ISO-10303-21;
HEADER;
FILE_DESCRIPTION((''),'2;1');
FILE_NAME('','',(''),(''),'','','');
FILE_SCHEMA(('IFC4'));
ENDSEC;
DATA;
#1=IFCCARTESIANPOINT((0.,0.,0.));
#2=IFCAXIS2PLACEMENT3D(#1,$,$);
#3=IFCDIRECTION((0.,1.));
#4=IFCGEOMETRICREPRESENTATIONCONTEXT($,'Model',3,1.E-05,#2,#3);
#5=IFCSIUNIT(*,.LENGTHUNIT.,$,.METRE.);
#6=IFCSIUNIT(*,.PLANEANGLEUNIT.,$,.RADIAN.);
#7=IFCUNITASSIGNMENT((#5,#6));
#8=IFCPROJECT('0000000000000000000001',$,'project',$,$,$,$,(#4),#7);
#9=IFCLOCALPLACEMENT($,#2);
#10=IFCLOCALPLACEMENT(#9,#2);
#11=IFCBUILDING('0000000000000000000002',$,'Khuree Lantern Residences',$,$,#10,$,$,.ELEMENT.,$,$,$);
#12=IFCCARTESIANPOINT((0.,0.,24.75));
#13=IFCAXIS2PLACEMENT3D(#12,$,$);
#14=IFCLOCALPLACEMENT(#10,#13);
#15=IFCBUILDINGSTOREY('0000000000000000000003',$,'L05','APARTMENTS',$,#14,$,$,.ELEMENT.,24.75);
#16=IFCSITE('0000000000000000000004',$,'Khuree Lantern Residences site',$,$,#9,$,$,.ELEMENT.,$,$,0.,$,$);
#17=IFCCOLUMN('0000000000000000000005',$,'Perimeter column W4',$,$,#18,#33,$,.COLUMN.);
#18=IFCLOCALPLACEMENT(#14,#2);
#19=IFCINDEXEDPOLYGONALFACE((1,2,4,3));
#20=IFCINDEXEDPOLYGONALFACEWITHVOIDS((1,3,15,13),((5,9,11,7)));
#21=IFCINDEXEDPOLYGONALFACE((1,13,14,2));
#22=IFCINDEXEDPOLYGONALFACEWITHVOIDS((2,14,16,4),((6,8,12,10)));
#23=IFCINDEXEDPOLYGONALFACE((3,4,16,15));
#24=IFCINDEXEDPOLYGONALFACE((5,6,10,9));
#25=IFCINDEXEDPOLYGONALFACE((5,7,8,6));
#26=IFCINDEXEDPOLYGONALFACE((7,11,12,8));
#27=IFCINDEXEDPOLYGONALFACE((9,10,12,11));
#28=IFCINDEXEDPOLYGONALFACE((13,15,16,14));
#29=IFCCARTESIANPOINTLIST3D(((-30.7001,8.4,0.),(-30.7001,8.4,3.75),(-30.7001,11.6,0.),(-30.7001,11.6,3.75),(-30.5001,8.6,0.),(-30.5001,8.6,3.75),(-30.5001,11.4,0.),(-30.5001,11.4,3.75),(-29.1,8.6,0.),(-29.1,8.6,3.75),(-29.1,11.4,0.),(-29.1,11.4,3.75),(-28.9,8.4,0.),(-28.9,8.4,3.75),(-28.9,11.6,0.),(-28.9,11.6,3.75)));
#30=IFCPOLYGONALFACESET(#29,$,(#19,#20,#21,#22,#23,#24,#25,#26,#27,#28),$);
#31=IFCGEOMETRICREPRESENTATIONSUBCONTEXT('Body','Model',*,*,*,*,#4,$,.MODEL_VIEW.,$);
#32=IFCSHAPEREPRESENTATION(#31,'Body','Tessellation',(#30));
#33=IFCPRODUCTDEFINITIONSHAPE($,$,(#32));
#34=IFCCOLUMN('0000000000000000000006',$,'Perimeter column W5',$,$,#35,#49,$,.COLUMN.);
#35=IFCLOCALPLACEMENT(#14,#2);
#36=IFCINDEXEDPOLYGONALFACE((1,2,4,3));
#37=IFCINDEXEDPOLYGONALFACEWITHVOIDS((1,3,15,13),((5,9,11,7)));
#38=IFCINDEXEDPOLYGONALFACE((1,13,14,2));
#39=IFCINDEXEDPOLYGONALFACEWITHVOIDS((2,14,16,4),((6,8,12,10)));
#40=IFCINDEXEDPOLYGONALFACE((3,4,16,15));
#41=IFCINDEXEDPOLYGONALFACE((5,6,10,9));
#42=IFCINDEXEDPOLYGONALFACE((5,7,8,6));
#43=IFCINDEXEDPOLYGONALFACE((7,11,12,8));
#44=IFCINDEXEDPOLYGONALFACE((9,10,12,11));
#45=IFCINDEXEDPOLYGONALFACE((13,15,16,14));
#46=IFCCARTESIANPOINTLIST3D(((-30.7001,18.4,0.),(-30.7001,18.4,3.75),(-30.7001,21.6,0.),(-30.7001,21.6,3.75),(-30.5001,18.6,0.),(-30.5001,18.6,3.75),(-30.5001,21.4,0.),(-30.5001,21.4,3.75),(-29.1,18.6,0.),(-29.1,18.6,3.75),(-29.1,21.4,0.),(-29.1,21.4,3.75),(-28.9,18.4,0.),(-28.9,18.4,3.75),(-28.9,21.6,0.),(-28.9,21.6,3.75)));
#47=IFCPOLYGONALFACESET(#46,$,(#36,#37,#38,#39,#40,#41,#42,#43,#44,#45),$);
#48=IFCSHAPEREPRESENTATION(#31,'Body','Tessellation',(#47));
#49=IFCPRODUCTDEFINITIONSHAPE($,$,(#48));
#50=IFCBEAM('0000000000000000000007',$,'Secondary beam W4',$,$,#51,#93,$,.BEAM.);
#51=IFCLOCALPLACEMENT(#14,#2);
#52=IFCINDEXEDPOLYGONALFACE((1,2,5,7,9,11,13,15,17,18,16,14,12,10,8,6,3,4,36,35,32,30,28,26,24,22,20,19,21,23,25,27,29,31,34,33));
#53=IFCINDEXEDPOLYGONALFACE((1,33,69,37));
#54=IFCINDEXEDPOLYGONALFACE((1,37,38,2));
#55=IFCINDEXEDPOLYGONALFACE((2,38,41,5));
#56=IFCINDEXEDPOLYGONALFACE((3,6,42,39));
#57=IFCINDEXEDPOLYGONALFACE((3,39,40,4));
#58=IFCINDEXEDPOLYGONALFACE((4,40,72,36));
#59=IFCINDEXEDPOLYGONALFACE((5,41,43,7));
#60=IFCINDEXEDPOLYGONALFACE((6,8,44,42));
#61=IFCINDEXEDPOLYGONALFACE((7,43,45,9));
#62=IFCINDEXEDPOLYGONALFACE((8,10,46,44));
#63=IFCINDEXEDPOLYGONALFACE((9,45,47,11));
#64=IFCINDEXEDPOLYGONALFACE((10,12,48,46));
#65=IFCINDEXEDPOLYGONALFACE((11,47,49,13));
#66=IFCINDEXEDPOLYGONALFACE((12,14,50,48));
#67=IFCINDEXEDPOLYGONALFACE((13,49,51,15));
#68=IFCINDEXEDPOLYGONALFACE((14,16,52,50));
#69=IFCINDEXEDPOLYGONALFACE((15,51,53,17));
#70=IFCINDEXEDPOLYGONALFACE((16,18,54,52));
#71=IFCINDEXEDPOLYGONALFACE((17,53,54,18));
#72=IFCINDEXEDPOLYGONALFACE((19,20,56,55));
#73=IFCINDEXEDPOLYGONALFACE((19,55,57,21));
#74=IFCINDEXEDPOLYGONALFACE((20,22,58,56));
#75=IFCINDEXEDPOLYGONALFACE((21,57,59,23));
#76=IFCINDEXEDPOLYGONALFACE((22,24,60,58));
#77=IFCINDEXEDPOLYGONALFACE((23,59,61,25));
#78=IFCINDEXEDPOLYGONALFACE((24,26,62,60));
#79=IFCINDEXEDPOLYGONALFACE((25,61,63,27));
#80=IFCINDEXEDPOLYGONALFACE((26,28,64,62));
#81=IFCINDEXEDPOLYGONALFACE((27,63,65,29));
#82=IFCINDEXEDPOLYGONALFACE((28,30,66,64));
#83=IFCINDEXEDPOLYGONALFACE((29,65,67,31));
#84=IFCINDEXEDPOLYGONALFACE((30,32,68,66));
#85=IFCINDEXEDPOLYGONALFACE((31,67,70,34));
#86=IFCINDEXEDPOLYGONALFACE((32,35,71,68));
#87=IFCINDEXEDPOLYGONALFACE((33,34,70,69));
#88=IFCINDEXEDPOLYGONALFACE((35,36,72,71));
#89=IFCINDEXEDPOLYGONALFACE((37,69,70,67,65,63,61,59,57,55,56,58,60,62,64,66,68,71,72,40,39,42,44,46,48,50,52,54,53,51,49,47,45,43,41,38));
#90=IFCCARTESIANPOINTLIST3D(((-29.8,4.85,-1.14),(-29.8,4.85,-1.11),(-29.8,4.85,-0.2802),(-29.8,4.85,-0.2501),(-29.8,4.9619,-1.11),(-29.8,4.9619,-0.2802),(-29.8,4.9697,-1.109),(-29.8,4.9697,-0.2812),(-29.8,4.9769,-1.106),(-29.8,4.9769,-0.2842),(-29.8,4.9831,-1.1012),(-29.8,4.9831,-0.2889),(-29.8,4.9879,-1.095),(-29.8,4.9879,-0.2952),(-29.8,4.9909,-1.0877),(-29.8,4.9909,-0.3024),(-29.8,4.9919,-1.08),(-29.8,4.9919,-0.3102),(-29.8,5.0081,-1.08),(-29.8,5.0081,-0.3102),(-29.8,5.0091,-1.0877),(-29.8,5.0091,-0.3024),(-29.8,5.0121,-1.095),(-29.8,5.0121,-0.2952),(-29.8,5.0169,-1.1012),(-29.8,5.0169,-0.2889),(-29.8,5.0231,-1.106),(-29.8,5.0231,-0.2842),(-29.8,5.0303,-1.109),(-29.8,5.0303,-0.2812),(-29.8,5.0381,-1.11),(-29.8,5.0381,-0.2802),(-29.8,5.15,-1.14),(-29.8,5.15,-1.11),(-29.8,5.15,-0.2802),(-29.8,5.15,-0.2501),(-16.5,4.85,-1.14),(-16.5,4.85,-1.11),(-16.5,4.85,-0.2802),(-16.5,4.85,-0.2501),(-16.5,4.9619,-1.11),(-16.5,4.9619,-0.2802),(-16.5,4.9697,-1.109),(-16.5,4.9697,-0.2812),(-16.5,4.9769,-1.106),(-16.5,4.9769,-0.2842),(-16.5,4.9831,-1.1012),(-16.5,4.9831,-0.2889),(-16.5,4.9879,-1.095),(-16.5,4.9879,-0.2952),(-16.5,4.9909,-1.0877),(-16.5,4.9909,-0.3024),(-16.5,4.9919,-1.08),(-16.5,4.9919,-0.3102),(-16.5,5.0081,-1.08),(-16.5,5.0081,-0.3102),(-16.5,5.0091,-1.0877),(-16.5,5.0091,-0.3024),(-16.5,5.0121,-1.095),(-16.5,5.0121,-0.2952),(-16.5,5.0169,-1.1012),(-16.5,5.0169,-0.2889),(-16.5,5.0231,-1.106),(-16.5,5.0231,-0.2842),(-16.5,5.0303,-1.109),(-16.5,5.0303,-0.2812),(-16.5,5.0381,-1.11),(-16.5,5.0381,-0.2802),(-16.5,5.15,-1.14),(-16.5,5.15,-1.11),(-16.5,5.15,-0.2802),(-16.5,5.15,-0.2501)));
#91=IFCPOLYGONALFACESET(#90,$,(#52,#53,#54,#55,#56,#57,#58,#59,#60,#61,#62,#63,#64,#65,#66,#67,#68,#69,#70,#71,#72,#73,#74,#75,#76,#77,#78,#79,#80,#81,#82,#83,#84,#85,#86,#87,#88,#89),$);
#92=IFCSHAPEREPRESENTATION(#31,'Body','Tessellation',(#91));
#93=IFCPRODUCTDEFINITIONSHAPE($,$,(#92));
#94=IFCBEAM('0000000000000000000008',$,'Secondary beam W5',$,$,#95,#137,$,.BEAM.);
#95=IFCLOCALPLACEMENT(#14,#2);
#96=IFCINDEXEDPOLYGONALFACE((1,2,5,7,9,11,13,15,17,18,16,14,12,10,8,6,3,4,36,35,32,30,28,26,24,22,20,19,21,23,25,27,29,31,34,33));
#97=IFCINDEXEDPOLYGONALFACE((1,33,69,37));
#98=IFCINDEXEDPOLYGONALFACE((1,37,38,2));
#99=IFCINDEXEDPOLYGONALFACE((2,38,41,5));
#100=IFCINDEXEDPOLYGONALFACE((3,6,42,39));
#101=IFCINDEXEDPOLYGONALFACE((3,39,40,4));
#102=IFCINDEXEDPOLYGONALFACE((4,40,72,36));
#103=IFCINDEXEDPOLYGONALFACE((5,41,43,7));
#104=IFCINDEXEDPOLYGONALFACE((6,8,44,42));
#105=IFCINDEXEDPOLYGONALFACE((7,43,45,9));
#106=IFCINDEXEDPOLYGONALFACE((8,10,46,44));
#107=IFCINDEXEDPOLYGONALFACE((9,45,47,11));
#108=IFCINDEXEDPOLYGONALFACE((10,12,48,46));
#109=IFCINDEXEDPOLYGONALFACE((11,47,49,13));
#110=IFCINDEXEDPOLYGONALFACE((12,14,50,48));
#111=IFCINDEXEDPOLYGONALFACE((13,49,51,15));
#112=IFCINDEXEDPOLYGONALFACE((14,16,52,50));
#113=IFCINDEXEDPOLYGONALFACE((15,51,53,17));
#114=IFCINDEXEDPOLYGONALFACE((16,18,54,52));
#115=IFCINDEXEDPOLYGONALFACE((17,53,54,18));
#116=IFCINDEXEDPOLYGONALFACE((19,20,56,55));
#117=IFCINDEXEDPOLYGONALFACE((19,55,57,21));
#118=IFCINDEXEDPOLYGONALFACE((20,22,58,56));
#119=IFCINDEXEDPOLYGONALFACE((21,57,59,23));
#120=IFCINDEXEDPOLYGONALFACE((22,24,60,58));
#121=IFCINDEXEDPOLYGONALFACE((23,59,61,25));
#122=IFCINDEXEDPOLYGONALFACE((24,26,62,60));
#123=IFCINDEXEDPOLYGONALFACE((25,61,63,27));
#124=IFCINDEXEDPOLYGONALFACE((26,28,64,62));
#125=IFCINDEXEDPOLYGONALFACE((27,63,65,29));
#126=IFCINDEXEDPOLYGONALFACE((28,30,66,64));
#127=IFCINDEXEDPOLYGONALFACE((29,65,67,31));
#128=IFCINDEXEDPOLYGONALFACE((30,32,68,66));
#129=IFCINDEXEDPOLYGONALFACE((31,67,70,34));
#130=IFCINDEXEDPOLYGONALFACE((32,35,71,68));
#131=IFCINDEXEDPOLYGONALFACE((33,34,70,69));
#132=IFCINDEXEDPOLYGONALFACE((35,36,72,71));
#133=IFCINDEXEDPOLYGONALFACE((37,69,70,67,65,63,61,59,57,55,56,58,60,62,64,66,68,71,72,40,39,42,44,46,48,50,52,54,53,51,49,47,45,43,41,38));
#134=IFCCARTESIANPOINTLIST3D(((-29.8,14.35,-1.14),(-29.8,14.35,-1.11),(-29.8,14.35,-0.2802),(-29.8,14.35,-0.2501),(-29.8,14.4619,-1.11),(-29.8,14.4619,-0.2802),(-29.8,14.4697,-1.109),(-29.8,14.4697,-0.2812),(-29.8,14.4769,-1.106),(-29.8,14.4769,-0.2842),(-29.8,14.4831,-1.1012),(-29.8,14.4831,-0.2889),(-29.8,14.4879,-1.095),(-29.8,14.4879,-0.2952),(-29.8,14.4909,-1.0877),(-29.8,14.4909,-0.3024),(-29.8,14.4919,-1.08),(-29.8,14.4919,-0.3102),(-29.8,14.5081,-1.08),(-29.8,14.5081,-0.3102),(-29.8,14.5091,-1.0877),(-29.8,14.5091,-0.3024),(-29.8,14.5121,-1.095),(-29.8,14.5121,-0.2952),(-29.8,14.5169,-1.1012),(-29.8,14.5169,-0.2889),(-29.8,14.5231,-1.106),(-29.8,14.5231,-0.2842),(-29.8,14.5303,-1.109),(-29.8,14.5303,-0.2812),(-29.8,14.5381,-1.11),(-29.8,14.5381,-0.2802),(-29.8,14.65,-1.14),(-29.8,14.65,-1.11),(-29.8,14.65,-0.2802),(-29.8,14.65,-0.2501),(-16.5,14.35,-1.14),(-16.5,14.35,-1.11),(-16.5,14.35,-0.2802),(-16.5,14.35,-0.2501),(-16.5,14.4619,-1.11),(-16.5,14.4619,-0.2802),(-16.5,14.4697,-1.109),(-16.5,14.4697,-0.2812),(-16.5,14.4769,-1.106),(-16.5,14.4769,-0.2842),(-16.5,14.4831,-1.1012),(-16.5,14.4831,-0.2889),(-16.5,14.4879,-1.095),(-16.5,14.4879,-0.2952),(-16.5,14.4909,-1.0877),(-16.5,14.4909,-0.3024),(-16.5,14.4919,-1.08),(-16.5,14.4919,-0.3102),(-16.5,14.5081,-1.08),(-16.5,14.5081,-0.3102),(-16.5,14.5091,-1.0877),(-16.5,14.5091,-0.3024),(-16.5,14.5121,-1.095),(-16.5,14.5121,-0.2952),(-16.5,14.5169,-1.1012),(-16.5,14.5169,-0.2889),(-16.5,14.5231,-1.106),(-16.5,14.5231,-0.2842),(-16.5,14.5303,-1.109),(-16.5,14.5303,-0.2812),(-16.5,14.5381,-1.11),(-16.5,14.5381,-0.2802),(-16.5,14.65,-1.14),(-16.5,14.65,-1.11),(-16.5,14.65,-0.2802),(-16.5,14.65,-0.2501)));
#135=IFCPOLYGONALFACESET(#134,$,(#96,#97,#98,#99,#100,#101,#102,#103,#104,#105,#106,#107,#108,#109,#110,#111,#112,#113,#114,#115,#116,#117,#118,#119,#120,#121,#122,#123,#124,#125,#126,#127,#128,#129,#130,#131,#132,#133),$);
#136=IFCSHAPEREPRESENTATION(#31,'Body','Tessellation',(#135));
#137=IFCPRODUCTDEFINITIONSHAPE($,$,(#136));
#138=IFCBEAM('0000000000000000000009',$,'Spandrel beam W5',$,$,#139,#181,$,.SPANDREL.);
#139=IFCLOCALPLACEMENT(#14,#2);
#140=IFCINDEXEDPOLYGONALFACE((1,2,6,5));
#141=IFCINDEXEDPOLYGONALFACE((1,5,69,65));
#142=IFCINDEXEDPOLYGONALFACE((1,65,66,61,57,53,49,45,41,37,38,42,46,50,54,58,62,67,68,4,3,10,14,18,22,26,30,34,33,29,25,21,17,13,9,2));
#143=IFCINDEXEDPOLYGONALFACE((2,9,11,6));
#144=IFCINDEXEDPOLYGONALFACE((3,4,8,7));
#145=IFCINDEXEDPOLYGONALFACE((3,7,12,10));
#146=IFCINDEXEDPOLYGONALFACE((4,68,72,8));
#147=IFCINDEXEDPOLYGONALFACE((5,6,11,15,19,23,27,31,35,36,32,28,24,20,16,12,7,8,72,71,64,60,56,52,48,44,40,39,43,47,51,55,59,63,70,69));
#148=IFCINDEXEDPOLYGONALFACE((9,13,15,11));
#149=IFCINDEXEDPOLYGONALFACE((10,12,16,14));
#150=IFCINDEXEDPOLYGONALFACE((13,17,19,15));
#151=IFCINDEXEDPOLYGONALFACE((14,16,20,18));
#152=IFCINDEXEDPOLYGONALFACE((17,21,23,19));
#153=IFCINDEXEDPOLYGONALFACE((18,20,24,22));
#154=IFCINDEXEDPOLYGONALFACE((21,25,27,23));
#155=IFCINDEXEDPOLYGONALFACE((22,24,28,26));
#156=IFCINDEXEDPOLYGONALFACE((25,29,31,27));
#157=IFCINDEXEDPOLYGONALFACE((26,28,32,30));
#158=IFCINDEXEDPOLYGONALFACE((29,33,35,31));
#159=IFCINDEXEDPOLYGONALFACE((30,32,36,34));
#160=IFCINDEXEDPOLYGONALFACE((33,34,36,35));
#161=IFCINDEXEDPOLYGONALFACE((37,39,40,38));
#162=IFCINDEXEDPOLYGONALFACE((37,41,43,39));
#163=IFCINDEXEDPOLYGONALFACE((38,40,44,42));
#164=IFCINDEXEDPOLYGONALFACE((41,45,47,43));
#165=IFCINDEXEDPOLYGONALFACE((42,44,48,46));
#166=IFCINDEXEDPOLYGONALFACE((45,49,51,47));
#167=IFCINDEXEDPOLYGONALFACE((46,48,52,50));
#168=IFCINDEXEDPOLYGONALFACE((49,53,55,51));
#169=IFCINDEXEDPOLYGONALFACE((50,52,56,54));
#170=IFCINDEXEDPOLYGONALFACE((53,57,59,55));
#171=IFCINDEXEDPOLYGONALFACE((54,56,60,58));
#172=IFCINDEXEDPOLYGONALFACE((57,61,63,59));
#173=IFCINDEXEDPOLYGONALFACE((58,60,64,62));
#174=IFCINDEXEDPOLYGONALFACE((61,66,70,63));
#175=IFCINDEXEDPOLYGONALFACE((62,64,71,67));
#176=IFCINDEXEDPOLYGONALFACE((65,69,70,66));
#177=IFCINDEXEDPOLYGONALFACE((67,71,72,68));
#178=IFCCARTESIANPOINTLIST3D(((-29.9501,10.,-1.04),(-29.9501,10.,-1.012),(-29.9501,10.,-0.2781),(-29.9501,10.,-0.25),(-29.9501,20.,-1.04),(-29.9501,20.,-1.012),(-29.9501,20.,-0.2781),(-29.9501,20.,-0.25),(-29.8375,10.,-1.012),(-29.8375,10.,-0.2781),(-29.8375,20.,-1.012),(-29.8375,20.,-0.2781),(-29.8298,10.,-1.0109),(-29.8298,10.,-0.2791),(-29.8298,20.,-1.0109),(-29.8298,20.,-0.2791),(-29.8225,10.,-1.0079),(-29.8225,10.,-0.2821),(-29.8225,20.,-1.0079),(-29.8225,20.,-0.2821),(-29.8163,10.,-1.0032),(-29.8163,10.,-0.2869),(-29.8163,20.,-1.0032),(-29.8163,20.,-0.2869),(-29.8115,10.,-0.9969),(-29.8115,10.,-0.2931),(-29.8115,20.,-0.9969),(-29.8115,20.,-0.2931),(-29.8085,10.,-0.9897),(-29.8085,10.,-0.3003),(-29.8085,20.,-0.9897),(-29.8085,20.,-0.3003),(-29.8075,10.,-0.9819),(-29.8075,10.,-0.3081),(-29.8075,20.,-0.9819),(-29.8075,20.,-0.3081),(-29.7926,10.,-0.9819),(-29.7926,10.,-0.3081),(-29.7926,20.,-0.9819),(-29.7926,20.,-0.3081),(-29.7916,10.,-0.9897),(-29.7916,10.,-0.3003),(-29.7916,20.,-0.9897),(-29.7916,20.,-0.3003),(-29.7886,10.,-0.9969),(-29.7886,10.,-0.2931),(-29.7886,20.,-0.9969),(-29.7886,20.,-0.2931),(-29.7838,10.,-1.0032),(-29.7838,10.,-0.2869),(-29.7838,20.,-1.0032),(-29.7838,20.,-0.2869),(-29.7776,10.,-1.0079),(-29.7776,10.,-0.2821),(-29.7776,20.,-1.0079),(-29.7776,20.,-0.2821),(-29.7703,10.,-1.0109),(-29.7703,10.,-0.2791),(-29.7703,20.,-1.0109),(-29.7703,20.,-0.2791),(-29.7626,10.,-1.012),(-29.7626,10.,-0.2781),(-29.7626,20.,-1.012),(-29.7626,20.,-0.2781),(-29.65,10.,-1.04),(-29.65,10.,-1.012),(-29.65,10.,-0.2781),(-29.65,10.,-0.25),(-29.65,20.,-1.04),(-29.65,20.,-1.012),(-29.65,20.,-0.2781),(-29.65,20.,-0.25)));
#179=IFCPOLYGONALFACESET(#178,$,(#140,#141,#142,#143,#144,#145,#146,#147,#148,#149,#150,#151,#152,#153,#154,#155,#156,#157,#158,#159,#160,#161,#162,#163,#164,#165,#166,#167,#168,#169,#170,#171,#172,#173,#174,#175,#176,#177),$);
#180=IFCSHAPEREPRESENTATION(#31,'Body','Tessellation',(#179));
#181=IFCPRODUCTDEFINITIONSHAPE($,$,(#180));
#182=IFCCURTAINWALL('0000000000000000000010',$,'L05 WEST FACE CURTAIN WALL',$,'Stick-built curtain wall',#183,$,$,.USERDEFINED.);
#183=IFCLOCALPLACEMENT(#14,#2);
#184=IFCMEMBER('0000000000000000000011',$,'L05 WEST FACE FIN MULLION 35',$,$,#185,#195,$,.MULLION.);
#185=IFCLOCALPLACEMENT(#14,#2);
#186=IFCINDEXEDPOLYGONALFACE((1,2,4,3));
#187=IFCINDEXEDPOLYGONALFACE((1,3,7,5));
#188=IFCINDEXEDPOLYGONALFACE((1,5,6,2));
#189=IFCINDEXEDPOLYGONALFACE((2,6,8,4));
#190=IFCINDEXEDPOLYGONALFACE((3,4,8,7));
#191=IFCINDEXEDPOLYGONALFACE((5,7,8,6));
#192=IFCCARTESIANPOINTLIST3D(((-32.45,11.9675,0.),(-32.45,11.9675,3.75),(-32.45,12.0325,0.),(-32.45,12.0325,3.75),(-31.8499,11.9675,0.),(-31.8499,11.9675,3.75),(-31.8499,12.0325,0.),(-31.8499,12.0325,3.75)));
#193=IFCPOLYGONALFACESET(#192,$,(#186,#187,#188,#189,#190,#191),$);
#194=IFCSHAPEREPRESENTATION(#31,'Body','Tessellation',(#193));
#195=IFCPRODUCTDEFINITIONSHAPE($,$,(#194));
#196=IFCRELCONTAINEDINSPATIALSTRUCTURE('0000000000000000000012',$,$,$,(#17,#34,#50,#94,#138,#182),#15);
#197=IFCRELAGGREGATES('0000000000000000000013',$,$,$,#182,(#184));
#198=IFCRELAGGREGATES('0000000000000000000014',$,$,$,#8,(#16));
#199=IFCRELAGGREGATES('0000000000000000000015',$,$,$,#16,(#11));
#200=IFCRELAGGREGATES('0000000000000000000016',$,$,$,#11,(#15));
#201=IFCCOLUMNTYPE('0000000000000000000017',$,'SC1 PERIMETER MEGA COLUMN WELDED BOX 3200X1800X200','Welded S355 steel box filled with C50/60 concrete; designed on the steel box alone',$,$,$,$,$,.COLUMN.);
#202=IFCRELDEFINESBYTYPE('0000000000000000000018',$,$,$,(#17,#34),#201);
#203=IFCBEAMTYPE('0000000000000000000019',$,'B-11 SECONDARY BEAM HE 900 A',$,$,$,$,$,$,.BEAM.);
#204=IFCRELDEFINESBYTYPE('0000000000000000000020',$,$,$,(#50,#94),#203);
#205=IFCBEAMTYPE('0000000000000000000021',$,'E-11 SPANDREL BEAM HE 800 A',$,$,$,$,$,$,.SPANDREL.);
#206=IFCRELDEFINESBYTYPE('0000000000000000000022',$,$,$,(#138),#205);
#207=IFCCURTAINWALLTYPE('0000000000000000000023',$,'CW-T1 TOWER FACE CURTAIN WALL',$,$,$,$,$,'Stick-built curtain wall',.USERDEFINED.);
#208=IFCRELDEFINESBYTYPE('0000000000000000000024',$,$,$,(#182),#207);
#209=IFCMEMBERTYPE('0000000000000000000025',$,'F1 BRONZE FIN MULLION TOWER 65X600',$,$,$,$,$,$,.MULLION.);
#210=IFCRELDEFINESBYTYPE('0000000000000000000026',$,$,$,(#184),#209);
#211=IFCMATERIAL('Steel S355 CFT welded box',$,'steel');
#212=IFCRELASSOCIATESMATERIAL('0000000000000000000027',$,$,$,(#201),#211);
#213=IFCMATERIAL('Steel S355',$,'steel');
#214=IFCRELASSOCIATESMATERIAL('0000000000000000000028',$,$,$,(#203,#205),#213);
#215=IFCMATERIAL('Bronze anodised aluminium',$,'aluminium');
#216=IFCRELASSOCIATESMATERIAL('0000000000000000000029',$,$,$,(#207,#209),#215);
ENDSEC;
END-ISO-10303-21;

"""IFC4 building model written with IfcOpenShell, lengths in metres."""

from ifc_helpers import new_model, si_unit, direction, frame, origin, origin_2d, place, context, subcontext, project, spatial, rectangle, hollow_rectangle, i_section, extrude, material, material_profile, profile_set, type_object, element, aggregate, save


model = new_model("IFC4")

# Units and contexts
model_context = context("Model", 3, precision=1e-05, world=origin(), true_north=direction((0.0, 1.0)))
body_context = subcontext(model_context, "Body", "Model", "MODEL_VIEW")
ifc_project = project(units=[si_unit("LENGTHUNIT", "METRE"), si_unit("PLANEANGLEUNIT", "RADIAN")], contexts=[model_context])

# Site, building, storey
site_placement = place(None, origin())
site = spatial("IfcSite", under=ifc_project, at=site_placement, Name="Khuree Lantern Residences site", CompositionType="ELEMENT", RefElevation=0.0)
building_placement = place(site_placement, origin())
building = spatial("IfcBuilding", under=site, at=building_placement, Name="Khuree Lantern Residences", CompositionType="ELEMENT")
storey_placement = place(building_placement, frame((0.0, 0.0, 24.75)))
storey = spatial("IfcBuildingStorey", under=building, at=storey_placement, Name="L05", Description="APARTMENTS", CompositionType="ELEMENT", Elevation=24.75)

# Columns
ifc_material_1 = material(Name="Steel S355 CFT welded box", Category="steel")
ifc_material_profile_1 = material_profile(ifc_material_1, hollow_rectangle(XDim=3.2, YDim=1.8, WallThickness=0.2, at=origin_2d()), Name="WELDED BOX 3200X1800X200")
ifc_profile_set_1 = profile_set([ifc_material_profile_1], Name="Steel S355 CFT welded box")
column_type = type_object("IfcColumnType", Name="SC1 PERIMETER MEGA COLUMN WELDED BOX 3200X1800X200", Description="Welded S355 steel box filled with C50/60 concrete; designed on the steel box alone", PredefinedType="COLUMN", material=ifc_profile_set_1)
for number, where, z_axis, x_axis, name in (
    (1, (-29.8, 10.0, 0.0), (0.0, 0.0, 1.0), (0.0, 1.0, 0.0), "Perimeter column W4"),
    (2, (-29.8, 20.0, 0.0), (0.0, 0.0, 1.0), (0.0, 1.0, 0.0), "Perimeter column W5"),
):
    element("IfcColumn", number, at=place(storey_placement, frame(where, z_axis=z_axis, x_axis=x_axis)), inside=storey, type_object=column_type, Name=name, PredefinedType="COLUMN", context=body_context, shape_type="SweptSolid", body=[
        extrude(hollow_rectangle(XDim=3.2, YDim=1.8, WallThickness=0.2, at=origin_2d()), origin(), (0.0, 0.0, 1.0), 3.75),
    ])

# Beams
ifc_material_2 = material(Name="Steel S355", Category="steel")
ifc_material_profile_2 = material_profile(ifc_material_2, i_section(OverallWidth=0.3, OverallDepth=0.8899, WebThickness=0.0161, FlangeThickness=0.03, FilletRadius=0.03, at=origin_2d()), Name="HE 900 A")
ifc_profile_set_2 = profile_set([ifc_material_profile_2], Name="Steel S355")
beam_type_1 = type_object("IfcBeamType", Name="B-11 SECONDARY BEAM HE 900 A", PredefinedType="BEAM", material=ifc_profile_set_2)
for number, where, z_axis, x_axis, name in (
    (3, (-29.8, 5.0, -0.6951), (1.0, 0.0, 0.0), (0.0, 1.0, 0.0), "Secondary beam W4"),
    (4, (-29.8, 14.5, -0.6951), (1.0, 0.0, 0.0), (0.0, 1.0, 0.0), "Secondary beam W5"),
):
    element("IfcBeam", number, at=place(storey_placement, frame(where, z_axis=z_axis, x_axis=x_axis)), inside=storey, type_object=beam_type_1, Name=name, PredefinedType="BEAM", context=body_context, shape_type="SweptSolid", body=[
        extrude(i_section(OverallWidth=0.3, OverallDepth=0.8899, WebThickness=0.0161, FlangeThickness=0.03, FilletRadius=0.03, at=origin_2d()), origin(), (0.0, 0.0, 1.0), 13.3),
    ])
ifc_material_profile_3 = material_profile(ifc_material_2, i_section(OverallWidth=0.3, OverallDepth=0.79, WebThickness=0.0149, FlangeThickness=0.0281, FilletRadius=0.03, at=origin_2d()), Name="HE 800 A")
ifc_profile_set_3 = profile_set([ifc_material_profile_3], Name="Steel S355")
beam_type_2 = type_object("IfcBeamType", Name="E-11 SPANDREL BEAM HE 800 A", PredefinedType="SPANDREL", material=ifc_profile_set_3)
beam_1_placement = place(storey_placement, frame((-29.8, 10.0, -0.645), z_axis=(0.0, 1.0, 0.0), x_axis=(-1.0, 0.0, 0.0)))
element("IfcBeam", 5, at=beam_1_placement, inside=storey, type_object=beam_type_2, Name="Spandrel beam W5", PredefinedType="SPANDREL", context=body_context, shape_type="SweptSolid", body=[
    extrude(i_section(OverallWidth=0.3, OverallDepth=0.79, WebThickness=0.0149, FlangeThickness=0.0281, FilletRadius=0.03, at=origin_2d()), origin(), (0.0, 0.0, 1.0), 10.0),
])

# Curtain wall, member
ifc_material_3 = material(Name="Bronze anodised aluminium", Category="aluminium")
curtain_wall_type = type_object("IfcCurtainWallType", Name="CW-T1 TOWER FACE CURTAIN WALL", ElementType="Stick-built curtain wall", PredefinedType="USERDEFINED", material=ifc_material_3)
curtain_wall_placement = place(storey_placement, origin())
curtain_wall = element("IfcCurtainWall", 6, at=curtain_wall_placement, inside=storey, type_object=curtain_wall_type, Name="L05 WEST FACE CURTAIN WALL", ObjectType="Stick-built curtain wall", PredefinedType="USERDEFINED")
ifc_material_profile_4 = material_profile(ifc_material_3, rectangle(XDim=0.0649, YDim=0.6001, at=origin_2d()), Name="F1 65X600")
ifc_profile_set_4 = profile_set([ifc_material_profile_4], Name="Bronze anodised aluminium")
member_type_1 = type_object("IfcMemberType", Name="F1 BRONZE FIN MULLION TOWER 65X600", PredefinedType="MULLION", material=ifc_profile_set_4)
member_1_placement = place(storey_placement, frame((-32.1499, 12.0, 0.0), z_axis=(0.0, 0.0, 1.0), x_axis=(0.0, -1.0, 0.0)))
member_1 = element("IfcMember", 7, at=member_1_placement, type_object=member_type_1, Name="L05 WEST FACE FIN MULLION 35", PredefinedType="MULLION", context=body_context, shape_type="SweptSolid", body=[
    extrude(rectangle(XDim=0.0649, YDim=0.6001, at=origin_2d()), origin(), (0.0, 0.0, 1.0), 3.75),
])

aggregate(curtain_wall, [member_1])

save(model, "model.ifc")
